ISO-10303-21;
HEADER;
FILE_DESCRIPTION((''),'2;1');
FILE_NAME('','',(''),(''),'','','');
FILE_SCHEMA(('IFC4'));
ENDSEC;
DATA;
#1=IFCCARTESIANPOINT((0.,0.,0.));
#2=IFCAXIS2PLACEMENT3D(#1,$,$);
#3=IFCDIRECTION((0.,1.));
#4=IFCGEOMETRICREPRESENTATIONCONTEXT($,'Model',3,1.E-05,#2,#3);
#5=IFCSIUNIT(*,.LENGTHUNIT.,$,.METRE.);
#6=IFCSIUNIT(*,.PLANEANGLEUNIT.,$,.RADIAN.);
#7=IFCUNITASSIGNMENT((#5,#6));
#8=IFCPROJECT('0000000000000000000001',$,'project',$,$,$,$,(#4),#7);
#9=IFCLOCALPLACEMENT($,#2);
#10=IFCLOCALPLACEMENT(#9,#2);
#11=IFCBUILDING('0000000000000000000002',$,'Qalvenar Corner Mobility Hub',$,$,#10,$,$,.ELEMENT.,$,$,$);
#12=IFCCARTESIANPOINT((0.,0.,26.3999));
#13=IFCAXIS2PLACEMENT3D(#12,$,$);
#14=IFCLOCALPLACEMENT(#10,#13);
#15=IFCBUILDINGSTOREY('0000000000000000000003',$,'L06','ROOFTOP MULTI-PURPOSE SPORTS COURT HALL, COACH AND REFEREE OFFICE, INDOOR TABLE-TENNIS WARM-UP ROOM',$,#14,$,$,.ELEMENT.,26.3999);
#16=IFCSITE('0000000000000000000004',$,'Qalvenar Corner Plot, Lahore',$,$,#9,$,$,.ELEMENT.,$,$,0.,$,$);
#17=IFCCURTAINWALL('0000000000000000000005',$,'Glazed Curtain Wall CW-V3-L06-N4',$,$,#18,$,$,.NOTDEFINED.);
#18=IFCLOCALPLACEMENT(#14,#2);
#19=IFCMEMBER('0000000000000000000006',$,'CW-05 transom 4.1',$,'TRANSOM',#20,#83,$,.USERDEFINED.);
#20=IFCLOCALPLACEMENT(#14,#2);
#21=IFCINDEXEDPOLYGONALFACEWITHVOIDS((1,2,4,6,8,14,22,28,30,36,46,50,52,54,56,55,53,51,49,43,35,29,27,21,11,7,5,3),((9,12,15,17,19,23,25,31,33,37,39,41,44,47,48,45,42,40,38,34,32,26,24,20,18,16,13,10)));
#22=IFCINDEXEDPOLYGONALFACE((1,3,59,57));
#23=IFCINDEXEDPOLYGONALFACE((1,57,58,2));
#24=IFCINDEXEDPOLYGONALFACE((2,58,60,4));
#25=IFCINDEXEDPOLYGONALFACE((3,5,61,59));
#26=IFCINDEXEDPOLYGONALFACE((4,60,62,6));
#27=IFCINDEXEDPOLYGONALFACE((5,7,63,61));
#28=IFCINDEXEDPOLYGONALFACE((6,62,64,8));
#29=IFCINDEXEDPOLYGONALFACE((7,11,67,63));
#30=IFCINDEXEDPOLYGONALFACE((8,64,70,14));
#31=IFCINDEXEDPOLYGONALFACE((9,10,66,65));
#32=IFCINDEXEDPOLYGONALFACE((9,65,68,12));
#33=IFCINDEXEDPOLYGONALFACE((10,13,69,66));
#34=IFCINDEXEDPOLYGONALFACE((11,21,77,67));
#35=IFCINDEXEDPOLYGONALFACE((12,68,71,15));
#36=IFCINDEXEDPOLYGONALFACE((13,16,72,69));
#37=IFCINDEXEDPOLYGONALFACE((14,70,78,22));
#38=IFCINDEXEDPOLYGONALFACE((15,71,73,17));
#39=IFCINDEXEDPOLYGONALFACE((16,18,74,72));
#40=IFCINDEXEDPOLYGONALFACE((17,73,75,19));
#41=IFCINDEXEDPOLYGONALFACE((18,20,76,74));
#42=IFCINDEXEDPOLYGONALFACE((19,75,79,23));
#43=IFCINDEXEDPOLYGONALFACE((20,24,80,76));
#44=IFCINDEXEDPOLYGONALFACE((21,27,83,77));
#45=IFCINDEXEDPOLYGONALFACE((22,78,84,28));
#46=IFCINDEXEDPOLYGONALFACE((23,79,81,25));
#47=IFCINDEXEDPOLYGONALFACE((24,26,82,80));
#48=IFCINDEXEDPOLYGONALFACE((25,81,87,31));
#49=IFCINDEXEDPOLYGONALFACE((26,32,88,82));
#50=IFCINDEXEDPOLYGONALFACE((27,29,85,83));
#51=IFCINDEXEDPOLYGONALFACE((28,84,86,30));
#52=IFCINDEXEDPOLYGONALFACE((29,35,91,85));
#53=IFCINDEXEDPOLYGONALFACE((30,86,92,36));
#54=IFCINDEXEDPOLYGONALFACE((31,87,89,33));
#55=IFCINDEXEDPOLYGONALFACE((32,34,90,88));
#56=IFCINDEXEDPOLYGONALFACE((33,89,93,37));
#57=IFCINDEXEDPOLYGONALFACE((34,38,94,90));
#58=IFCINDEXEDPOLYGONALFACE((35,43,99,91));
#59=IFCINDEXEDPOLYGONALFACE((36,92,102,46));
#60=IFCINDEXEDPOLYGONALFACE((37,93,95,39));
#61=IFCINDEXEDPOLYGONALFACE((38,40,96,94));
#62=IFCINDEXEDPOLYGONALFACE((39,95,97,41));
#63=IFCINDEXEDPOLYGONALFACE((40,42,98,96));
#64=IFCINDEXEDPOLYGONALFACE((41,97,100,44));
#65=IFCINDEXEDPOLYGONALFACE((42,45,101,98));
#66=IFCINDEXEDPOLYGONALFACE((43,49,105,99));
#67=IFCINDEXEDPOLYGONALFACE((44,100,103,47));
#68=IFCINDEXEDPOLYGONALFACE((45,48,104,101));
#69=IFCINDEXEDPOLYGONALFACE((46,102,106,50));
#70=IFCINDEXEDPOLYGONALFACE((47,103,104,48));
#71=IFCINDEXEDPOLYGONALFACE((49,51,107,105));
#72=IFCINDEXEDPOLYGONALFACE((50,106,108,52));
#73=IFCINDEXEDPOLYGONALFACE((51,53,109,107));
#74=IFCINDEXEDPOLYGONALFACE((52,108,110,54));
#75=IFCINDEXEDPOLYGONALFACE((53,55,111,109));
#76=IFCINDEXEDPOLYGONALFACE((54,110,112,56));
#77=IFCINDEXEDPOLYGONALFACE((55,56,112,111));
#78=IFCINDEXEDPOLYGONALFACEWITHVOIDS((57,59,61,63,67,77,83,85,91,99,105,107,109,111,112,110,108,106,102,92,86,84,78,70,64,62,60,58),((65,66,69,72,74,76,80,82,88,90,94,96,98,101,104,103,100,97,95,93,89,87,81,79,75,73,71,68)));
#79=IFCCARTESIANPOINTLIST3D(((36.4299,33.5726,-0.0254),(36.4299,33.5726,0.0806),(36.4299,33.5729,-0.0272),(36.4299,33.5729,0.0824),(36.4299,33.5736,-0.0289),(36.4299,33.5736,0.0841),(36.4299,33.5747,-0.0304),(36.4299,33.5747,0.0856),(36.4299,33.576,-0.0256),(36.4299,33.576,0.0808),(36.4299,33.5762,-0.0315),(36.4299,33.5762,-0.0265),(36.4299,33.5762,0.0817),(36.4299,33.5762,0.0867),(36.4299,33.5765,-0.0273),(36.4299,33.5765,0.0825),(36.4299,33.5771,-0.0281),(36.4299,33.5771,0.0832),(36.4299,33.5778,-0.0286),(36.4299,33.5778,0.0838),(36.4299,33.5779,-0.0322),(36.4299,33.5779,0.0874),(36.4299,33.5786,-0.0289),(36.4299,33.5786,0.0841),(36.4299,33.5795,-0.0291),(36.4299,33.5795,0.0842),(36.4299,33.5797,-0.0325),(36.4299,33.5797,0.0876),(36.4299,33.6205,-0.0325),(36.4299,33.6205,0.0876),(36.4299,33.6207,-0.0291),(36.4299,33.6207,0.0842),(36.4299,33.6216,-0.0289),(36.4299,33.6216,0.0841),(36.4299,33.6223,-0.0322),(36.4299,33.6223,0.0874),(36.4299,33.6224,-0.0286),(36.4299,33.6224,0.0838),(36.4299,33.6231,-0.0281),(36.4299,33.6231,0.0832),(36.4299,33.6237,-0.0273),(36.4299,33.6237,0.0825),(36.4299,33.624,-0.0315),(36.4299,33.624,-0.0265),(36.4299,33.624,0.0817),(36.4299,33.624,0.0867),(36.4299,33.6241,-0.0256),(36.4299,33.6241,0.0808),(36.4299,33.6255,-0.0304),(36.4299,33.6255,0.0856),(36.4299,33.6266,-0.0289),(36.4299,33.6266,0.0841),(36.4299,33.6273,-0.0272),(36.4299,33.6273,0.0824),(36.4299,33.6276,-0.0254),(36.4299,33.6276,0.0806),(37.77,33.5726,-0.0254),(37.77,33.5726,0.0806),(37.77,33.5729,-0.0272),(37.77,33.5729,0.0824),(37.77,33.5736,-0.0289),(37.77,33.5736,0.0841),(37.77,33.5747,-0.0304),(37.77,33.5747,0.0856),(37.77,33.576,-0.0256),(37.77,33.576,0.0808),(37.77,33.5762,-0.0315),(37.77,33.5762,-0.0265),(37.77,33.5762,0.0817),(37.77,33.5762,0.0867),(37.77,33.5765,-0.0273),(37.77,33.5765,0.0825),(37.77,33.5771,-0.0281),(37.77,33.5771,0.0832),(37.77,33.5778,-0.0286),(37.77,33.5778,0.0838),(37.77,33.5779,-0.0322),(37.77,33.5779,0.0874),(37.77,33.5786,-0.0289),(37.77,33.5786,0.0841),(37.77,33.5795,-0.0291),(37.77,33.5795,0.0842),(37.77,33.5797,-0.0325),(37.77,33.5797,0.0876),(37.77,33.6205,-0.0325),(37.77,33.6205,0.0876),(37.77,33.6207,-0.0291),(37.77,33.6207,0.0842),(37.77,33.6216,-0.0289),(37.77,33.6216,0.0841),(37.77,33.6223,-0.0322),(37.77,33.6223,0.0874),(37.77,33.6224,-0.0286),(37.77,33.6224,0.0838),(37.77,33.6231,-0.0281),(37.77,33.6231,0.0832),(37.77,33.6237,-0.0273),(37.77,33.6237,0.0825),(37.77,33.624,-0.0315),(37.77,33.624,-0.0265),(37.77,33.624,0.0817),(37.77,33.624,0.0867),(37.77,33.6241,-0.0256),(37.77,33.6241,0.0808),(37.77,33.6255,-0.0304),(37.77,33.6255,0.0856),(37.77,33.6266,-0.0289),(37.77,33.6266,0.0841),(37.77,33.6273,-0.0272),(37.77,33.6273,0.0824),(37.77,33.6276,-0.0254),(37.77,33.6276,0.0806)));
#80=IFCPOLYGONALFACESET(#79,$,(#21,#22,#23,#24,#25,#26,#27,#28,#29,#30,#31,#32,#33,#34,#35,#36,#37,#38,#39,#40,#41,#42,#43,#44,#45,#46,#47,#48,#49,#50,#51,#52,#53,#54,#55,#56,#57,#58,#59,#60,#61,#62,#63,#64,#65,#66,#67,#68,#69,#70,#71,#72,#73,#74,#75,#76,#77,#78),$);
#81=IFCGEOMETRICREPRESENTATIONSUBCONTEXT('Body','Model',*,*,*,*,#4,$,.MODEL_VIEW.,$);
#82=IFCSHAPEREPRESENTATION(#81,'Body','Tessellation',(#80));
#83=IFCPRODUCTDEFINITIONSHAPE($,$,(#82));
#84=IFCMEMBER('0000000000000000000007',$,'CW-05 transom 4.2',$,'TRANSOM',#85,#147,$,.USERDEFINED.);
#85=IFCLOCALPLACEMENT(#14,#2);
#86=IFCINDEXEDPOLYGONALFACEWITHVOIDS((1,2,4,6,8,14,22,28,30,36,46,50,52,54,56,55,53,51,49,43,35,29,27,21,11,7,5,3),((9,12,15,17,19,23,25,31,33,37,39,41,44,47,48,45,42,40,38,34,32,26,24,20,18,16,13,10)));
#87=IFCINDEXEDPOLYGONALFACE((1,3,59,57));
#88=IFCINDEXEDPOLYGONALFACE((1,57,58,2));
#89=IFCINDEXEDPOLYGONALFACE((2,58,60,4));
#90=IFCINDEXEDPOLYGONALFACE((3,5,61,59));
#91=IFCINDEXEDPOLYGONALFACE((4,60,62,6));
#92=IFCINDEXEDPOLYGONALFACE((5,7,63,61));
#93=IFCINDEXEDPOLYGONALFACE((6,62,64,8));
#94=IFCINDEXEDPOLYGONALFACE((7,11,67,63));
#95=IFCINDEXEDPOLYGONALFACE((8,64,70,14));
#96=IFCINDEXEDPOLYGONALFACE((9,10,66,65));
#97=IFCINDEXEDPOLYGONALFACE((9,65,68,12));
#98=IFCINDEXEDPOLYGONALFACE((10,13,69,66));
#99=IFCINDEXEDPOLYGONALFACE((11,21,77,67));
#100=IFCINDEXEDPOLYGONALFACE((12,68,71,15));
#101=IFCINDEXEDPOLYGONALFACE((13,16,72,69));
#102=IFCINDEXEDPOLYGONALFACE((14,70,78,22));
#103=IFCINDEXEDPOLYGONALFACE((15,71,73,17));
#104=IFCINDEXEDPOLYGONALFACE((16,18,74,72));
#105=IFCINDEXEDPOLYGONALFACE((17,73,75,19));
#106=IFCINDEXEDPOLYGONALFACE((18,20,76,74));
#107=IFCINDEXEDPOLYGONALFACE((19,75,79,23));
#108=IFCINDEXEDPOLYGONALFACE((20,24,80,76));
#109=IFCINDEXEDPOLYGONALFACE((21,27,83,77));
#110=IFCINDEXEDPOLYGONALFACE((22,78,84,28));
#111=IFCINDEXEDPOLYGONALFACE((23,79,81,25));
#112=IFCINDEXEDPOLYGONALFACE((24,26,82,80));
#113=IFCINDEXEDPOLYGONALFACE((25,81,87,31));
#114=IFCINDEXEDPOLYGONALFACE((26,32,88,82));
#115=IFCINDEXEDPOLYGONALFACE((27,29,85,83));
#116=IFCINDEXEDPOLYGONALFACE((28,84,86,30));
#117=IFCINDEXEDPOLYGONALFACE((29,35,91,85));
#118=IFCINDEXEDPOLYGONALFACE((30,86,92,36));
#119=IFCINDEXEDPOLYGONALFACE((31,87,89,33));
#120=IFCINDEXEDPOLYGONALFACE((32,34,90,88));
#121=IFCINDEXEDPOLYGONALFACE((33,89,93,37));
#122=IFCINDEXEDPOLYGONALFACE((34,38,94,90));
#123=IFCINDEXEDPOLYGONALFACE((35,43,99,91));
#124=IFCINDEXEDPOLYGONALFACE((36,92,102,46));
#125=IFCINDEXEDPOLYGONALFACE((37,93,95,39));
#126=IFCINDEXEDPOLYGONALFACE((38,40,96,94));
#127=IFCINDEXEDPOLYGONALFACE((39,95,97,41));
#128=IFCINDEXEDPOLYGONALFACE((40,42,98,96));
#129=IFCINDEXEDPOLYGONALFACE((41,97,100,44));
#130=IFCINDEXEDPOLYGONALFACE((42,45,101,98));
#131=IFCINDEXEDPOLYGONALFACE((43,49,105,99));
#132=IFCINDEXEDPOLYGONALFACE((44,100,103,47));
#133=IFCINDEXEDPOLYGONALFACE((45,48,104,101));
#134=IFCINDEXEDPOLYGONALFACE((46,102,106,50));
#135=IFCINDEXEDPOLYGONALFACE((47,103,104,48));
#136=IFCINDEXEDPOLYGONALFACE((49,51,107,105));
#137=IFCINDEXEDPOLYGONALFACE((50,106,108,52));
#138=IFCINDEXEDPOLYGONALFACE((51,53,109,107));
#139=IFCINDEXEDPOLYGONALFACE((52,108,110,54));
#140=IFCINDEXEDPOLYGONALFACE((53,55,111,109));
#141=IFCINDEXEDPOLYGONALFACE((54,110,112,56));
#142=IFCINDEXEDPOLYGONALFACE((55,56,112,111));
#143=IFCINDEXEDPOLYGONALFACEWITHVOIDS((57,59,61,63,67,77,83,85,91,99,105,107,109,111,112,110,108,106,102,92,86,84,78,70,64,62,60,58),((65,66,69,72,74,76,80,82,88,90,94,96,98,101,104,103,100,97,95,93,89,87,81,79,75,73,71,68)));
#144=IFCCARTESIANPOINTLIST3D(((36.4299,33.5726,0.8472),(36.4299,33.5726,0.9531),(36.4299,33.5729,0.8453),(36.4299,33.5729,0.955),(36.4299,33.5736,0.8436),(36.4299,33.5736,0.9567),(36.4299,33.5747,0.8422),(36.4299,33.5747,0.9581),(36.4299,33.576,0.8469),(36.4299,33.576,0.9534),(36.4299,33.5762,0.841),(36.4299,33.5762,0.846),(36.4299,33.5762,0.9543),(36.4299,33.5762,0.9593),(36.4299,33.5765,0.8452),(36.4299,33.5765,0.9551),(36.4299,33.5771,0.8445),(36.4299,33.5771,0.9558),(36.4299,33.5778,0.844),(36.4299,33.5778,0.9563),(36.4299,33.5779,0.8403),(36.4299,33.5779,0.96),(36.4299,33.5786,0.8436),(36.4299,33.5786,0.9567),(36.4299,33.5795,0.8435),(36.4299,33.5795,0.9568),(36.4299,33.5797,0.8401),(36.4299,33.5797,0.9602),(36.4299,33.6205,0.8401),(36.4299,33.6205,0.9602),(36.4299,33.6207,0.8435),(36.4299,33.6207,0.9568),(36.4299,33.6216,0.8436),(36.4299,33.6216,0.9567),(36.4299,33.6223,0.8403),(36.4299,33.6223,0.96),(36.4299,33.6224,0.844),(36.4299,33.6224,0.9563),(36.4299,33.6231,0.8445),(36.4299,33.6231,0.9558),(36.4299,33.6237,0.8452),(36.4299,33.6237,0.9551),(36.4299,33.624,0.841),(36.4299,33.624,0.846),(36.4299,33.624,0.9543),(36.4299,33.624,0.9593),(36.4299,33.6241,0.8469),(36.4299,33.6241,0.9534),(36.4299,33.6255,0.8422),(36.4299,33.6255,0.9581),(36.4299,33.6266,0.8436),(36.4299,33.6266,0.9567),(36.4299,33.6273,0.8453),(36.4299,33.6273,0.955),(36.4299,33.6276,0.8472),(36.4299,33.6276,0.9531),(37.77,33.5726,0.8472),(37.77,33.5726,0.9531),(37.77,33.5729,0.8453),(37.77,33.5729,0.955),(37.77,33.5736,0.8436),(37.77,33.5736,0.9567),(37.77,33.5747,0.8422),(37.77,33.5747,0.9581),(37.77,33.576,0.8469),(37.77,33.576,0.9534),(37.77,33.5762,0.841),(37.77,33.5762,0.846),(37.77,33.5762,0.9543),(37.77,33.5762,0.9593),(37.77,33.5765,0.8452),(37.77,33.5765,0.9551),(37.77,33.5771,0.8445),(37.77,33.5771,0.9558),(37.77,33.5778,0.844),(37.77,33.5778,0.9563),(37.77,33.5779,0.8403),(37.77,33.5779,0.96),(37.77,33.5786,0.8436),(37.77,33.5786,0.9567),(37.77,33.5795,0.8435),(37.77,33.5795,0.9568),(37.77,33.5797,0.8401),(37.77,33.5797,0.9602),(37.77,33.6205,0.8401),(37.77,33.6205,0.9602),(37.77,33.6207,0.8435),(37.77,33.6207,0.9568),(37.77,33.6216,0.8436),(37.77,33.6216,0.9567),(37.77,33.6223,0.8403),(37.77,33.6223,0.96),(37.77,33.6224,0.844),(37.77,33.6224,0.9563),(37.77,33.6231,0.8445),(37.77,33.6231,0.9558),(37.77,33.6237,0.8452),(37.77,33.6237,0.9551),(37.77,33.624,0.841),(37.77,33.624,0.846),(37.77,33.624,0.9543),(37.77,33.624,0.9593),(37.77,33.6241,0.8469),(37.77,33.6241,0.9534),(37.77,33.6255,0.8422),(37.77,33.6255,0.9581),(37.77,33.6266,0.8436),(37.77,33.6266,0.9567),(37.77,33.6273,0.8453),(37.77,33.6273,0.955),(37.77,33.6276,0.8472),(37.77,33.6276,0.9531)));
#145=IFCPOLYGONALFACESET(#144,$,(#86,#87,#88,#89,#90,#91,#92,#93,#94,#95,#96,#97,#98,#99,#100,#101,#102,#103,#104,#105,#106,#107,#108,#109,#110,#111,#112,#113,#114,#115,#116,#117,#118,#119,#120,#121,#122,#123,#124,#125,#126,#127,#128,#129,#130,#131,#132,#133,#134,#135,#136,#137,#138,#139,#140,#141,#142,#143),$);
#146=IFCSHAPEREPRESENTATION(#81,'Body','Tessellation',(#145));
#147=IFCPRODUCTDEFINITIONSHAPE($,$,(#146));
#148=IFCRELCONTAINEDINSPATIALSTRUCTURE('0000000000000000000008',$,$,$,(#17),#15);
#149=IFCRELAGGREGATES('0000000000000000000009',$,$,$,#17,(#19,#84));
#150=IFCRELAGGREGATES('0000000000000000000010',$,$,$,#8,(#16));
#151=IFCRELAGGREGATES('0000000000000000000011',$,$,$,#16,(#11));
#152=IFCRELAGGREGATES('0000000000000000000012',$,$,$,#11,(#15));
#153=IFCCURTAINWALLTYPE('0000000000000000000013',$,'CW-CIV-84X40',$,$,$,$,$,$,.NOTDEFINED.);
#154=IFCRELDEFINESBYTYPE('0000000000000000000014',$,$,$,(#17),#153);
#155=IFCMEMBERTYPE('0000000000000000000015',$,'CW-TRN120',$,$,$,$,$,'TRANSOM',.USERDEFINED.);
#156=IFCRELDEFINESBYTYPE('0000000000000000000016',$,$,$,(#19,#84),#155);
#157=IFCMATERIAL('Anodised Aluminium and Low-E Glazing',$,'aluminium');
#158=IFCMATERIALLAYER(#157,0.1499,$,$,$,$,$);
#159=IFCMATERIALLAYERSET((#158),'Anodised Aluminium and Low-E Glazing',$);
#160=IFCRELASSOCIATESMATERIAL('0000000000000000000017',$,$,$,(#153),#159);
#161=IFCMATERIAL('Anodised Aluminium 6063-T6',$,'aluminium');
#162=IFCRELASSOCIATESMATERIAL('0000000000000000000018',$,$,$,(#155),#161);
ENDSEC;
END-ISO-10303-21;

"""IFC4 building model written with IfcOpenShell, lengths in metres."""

from ifc_helpers import new_model, si_unit, direction, frame, origin, origin_2d, place, context, subcontext, project, spatial, hollow_rectangle, extrude, material, layer, layer_set, material_profile, profile_set, type_object, element, aggregate, save


model = new_model("IFC4")

# Units and contexts
model_context = context("Model", 3, precision=1e-05, world=origin(), true_north=direction((0.0, 1.0)))
body_context = subcontext(model_context, "Body", "Model", "MODEL_VIEW")
ifc_project = project(units=[si_unit("LENGTHUNIT", "METRE"), si_unit("PLANEANGLEUNIT", "RADIAN")], contexts=[model_context])

# Site, building, storey
site_placement = place(None, origin())
site = spatial("IfcSite", under=ifc_project, at=site_placement, Name="Qalvenar Corner Plot, Lahore", CompositionType="ELEMENT", RefElevation=0.0)
building_placement = place(site_placement, origin())
building = spatial("IfcBuilding", under=site, at=building_placement, Name="Qalvenar Corner Mobility Hub", CompositionType="ELEMENT")
storey_placement = place(building_placement, frame((0.0, 0.0, 26.3999)))
storey = spatial("IfcBuildingStorey", under=building, at=storey_placement, Name="L06", Description="ROOFTOP MULTI-PURPOSE SPORTS COURT HALL, COACH AND REFEREE OFFICE, INDOOR TABLE-TENNIS WARM-UP ROOM", CompositionType="ELEMENT", Elevation=26.3999)

# Curtain wall, members
ifc_material_1 = material(Name="Anodised Aluminium and Low-E Glazing", Category="aluminium")
ifc_layer_1 = layer(ifc_material_1, 0.1499)
ifc_layer_set_1 = layer_set([ifc_layer_1], Name="Anodised Aluminium and Low-E Glazing")
curtain_wall_type = type_object("IfcCurtainWallType", Name="CW-CIV-84X40", PredefinedType="NOTDEFINED", material=ifc_layer_set_1)
curtain_wall_placement = place(storey_placement, origin())
curtain_wall = element("IfcCurtainWall", 1, at=curtain_wall_placement, inside=storey, type_object=curtain_wall_type, Name="Glazed Curtain Wall CW-V3-L06-N4", PredefinedType="NOTDEFINED")
ifc_material_2 = material(Name="Anodised Aluminium 6063-T6", Category="aluminium")
ifc_material_profile_1 = material_profile(ifc_material_2, hollow_rectangle(XDim=0.0549, YDim=0.1201, WallThickness=0.0034, InnerFilletRadius=0.0034, OuterFilletRadius=0.0071, at=origin_2d()), Name="RHS120x55x3.5")
ifc_profile_set_1 = profile_set([ifc_material_profile_1], Name="Anodised Aluminium 6063-T6")
member_type_1 = type_object("IfcMemberType", Name="CW-TRN120", ElementType="TRANSOM", PredefinedType="USERDEFINED", material=ifc_profile_set_1)
member_1_placement = place(storey_placement, frame((37.77, 33.6001, 0.0276), z_axis=(-1.0, 0.0, 0.0), x_axis=(0.0, -1.0, 0.0)))
member_1 = element("IfcMember", 2, at=member_1_placement, type_object=member_type_1, Name="CW-05 transom 4.1", ObjectType="TRANSOM", PredefinedType="USERDEFINED", context=body_context, shape_type="SweptSolid", body=[
    extrude(hollow_rectangle(XDim=0.0549, YDim=0.1201, WallThickness=0.0034, InnerFilletRadius=0.0034, OuterFilletRadius=0.0071, at=origin_2d()), origin(), (0.0, 0.0, 1.0), 1.3401),
])
member_2_placement = place(storey_placement, frame((37.77, 33.6001, 0.9001), z_axis=(-1.0, 0.0, 0.0), x_axis=(0.0, -1.0, 0.0)))
member_2 = element("IfcMember", 3, at=member_2_placement, type_object=member_type_1, Name="CW-05 transom 4.2", ObjectType="TRANSOM", PredefinedType="USERDEFINED", context=body_context, shape_type="SweptSolid", body=[
    extrude(hollow_rectangle(XDim=0.0549, YDim=0.1201, WallThickness=0.0034, InnerFilletRadius=0.0034, OuterFilletRadius=0.0071, at=origin_2d()), origin(), (0.0, 0.0, 1.0), 1.3401),
])
aggregate(curtain_wall, [member_1, member_2])

save(model, "model.ifc")
